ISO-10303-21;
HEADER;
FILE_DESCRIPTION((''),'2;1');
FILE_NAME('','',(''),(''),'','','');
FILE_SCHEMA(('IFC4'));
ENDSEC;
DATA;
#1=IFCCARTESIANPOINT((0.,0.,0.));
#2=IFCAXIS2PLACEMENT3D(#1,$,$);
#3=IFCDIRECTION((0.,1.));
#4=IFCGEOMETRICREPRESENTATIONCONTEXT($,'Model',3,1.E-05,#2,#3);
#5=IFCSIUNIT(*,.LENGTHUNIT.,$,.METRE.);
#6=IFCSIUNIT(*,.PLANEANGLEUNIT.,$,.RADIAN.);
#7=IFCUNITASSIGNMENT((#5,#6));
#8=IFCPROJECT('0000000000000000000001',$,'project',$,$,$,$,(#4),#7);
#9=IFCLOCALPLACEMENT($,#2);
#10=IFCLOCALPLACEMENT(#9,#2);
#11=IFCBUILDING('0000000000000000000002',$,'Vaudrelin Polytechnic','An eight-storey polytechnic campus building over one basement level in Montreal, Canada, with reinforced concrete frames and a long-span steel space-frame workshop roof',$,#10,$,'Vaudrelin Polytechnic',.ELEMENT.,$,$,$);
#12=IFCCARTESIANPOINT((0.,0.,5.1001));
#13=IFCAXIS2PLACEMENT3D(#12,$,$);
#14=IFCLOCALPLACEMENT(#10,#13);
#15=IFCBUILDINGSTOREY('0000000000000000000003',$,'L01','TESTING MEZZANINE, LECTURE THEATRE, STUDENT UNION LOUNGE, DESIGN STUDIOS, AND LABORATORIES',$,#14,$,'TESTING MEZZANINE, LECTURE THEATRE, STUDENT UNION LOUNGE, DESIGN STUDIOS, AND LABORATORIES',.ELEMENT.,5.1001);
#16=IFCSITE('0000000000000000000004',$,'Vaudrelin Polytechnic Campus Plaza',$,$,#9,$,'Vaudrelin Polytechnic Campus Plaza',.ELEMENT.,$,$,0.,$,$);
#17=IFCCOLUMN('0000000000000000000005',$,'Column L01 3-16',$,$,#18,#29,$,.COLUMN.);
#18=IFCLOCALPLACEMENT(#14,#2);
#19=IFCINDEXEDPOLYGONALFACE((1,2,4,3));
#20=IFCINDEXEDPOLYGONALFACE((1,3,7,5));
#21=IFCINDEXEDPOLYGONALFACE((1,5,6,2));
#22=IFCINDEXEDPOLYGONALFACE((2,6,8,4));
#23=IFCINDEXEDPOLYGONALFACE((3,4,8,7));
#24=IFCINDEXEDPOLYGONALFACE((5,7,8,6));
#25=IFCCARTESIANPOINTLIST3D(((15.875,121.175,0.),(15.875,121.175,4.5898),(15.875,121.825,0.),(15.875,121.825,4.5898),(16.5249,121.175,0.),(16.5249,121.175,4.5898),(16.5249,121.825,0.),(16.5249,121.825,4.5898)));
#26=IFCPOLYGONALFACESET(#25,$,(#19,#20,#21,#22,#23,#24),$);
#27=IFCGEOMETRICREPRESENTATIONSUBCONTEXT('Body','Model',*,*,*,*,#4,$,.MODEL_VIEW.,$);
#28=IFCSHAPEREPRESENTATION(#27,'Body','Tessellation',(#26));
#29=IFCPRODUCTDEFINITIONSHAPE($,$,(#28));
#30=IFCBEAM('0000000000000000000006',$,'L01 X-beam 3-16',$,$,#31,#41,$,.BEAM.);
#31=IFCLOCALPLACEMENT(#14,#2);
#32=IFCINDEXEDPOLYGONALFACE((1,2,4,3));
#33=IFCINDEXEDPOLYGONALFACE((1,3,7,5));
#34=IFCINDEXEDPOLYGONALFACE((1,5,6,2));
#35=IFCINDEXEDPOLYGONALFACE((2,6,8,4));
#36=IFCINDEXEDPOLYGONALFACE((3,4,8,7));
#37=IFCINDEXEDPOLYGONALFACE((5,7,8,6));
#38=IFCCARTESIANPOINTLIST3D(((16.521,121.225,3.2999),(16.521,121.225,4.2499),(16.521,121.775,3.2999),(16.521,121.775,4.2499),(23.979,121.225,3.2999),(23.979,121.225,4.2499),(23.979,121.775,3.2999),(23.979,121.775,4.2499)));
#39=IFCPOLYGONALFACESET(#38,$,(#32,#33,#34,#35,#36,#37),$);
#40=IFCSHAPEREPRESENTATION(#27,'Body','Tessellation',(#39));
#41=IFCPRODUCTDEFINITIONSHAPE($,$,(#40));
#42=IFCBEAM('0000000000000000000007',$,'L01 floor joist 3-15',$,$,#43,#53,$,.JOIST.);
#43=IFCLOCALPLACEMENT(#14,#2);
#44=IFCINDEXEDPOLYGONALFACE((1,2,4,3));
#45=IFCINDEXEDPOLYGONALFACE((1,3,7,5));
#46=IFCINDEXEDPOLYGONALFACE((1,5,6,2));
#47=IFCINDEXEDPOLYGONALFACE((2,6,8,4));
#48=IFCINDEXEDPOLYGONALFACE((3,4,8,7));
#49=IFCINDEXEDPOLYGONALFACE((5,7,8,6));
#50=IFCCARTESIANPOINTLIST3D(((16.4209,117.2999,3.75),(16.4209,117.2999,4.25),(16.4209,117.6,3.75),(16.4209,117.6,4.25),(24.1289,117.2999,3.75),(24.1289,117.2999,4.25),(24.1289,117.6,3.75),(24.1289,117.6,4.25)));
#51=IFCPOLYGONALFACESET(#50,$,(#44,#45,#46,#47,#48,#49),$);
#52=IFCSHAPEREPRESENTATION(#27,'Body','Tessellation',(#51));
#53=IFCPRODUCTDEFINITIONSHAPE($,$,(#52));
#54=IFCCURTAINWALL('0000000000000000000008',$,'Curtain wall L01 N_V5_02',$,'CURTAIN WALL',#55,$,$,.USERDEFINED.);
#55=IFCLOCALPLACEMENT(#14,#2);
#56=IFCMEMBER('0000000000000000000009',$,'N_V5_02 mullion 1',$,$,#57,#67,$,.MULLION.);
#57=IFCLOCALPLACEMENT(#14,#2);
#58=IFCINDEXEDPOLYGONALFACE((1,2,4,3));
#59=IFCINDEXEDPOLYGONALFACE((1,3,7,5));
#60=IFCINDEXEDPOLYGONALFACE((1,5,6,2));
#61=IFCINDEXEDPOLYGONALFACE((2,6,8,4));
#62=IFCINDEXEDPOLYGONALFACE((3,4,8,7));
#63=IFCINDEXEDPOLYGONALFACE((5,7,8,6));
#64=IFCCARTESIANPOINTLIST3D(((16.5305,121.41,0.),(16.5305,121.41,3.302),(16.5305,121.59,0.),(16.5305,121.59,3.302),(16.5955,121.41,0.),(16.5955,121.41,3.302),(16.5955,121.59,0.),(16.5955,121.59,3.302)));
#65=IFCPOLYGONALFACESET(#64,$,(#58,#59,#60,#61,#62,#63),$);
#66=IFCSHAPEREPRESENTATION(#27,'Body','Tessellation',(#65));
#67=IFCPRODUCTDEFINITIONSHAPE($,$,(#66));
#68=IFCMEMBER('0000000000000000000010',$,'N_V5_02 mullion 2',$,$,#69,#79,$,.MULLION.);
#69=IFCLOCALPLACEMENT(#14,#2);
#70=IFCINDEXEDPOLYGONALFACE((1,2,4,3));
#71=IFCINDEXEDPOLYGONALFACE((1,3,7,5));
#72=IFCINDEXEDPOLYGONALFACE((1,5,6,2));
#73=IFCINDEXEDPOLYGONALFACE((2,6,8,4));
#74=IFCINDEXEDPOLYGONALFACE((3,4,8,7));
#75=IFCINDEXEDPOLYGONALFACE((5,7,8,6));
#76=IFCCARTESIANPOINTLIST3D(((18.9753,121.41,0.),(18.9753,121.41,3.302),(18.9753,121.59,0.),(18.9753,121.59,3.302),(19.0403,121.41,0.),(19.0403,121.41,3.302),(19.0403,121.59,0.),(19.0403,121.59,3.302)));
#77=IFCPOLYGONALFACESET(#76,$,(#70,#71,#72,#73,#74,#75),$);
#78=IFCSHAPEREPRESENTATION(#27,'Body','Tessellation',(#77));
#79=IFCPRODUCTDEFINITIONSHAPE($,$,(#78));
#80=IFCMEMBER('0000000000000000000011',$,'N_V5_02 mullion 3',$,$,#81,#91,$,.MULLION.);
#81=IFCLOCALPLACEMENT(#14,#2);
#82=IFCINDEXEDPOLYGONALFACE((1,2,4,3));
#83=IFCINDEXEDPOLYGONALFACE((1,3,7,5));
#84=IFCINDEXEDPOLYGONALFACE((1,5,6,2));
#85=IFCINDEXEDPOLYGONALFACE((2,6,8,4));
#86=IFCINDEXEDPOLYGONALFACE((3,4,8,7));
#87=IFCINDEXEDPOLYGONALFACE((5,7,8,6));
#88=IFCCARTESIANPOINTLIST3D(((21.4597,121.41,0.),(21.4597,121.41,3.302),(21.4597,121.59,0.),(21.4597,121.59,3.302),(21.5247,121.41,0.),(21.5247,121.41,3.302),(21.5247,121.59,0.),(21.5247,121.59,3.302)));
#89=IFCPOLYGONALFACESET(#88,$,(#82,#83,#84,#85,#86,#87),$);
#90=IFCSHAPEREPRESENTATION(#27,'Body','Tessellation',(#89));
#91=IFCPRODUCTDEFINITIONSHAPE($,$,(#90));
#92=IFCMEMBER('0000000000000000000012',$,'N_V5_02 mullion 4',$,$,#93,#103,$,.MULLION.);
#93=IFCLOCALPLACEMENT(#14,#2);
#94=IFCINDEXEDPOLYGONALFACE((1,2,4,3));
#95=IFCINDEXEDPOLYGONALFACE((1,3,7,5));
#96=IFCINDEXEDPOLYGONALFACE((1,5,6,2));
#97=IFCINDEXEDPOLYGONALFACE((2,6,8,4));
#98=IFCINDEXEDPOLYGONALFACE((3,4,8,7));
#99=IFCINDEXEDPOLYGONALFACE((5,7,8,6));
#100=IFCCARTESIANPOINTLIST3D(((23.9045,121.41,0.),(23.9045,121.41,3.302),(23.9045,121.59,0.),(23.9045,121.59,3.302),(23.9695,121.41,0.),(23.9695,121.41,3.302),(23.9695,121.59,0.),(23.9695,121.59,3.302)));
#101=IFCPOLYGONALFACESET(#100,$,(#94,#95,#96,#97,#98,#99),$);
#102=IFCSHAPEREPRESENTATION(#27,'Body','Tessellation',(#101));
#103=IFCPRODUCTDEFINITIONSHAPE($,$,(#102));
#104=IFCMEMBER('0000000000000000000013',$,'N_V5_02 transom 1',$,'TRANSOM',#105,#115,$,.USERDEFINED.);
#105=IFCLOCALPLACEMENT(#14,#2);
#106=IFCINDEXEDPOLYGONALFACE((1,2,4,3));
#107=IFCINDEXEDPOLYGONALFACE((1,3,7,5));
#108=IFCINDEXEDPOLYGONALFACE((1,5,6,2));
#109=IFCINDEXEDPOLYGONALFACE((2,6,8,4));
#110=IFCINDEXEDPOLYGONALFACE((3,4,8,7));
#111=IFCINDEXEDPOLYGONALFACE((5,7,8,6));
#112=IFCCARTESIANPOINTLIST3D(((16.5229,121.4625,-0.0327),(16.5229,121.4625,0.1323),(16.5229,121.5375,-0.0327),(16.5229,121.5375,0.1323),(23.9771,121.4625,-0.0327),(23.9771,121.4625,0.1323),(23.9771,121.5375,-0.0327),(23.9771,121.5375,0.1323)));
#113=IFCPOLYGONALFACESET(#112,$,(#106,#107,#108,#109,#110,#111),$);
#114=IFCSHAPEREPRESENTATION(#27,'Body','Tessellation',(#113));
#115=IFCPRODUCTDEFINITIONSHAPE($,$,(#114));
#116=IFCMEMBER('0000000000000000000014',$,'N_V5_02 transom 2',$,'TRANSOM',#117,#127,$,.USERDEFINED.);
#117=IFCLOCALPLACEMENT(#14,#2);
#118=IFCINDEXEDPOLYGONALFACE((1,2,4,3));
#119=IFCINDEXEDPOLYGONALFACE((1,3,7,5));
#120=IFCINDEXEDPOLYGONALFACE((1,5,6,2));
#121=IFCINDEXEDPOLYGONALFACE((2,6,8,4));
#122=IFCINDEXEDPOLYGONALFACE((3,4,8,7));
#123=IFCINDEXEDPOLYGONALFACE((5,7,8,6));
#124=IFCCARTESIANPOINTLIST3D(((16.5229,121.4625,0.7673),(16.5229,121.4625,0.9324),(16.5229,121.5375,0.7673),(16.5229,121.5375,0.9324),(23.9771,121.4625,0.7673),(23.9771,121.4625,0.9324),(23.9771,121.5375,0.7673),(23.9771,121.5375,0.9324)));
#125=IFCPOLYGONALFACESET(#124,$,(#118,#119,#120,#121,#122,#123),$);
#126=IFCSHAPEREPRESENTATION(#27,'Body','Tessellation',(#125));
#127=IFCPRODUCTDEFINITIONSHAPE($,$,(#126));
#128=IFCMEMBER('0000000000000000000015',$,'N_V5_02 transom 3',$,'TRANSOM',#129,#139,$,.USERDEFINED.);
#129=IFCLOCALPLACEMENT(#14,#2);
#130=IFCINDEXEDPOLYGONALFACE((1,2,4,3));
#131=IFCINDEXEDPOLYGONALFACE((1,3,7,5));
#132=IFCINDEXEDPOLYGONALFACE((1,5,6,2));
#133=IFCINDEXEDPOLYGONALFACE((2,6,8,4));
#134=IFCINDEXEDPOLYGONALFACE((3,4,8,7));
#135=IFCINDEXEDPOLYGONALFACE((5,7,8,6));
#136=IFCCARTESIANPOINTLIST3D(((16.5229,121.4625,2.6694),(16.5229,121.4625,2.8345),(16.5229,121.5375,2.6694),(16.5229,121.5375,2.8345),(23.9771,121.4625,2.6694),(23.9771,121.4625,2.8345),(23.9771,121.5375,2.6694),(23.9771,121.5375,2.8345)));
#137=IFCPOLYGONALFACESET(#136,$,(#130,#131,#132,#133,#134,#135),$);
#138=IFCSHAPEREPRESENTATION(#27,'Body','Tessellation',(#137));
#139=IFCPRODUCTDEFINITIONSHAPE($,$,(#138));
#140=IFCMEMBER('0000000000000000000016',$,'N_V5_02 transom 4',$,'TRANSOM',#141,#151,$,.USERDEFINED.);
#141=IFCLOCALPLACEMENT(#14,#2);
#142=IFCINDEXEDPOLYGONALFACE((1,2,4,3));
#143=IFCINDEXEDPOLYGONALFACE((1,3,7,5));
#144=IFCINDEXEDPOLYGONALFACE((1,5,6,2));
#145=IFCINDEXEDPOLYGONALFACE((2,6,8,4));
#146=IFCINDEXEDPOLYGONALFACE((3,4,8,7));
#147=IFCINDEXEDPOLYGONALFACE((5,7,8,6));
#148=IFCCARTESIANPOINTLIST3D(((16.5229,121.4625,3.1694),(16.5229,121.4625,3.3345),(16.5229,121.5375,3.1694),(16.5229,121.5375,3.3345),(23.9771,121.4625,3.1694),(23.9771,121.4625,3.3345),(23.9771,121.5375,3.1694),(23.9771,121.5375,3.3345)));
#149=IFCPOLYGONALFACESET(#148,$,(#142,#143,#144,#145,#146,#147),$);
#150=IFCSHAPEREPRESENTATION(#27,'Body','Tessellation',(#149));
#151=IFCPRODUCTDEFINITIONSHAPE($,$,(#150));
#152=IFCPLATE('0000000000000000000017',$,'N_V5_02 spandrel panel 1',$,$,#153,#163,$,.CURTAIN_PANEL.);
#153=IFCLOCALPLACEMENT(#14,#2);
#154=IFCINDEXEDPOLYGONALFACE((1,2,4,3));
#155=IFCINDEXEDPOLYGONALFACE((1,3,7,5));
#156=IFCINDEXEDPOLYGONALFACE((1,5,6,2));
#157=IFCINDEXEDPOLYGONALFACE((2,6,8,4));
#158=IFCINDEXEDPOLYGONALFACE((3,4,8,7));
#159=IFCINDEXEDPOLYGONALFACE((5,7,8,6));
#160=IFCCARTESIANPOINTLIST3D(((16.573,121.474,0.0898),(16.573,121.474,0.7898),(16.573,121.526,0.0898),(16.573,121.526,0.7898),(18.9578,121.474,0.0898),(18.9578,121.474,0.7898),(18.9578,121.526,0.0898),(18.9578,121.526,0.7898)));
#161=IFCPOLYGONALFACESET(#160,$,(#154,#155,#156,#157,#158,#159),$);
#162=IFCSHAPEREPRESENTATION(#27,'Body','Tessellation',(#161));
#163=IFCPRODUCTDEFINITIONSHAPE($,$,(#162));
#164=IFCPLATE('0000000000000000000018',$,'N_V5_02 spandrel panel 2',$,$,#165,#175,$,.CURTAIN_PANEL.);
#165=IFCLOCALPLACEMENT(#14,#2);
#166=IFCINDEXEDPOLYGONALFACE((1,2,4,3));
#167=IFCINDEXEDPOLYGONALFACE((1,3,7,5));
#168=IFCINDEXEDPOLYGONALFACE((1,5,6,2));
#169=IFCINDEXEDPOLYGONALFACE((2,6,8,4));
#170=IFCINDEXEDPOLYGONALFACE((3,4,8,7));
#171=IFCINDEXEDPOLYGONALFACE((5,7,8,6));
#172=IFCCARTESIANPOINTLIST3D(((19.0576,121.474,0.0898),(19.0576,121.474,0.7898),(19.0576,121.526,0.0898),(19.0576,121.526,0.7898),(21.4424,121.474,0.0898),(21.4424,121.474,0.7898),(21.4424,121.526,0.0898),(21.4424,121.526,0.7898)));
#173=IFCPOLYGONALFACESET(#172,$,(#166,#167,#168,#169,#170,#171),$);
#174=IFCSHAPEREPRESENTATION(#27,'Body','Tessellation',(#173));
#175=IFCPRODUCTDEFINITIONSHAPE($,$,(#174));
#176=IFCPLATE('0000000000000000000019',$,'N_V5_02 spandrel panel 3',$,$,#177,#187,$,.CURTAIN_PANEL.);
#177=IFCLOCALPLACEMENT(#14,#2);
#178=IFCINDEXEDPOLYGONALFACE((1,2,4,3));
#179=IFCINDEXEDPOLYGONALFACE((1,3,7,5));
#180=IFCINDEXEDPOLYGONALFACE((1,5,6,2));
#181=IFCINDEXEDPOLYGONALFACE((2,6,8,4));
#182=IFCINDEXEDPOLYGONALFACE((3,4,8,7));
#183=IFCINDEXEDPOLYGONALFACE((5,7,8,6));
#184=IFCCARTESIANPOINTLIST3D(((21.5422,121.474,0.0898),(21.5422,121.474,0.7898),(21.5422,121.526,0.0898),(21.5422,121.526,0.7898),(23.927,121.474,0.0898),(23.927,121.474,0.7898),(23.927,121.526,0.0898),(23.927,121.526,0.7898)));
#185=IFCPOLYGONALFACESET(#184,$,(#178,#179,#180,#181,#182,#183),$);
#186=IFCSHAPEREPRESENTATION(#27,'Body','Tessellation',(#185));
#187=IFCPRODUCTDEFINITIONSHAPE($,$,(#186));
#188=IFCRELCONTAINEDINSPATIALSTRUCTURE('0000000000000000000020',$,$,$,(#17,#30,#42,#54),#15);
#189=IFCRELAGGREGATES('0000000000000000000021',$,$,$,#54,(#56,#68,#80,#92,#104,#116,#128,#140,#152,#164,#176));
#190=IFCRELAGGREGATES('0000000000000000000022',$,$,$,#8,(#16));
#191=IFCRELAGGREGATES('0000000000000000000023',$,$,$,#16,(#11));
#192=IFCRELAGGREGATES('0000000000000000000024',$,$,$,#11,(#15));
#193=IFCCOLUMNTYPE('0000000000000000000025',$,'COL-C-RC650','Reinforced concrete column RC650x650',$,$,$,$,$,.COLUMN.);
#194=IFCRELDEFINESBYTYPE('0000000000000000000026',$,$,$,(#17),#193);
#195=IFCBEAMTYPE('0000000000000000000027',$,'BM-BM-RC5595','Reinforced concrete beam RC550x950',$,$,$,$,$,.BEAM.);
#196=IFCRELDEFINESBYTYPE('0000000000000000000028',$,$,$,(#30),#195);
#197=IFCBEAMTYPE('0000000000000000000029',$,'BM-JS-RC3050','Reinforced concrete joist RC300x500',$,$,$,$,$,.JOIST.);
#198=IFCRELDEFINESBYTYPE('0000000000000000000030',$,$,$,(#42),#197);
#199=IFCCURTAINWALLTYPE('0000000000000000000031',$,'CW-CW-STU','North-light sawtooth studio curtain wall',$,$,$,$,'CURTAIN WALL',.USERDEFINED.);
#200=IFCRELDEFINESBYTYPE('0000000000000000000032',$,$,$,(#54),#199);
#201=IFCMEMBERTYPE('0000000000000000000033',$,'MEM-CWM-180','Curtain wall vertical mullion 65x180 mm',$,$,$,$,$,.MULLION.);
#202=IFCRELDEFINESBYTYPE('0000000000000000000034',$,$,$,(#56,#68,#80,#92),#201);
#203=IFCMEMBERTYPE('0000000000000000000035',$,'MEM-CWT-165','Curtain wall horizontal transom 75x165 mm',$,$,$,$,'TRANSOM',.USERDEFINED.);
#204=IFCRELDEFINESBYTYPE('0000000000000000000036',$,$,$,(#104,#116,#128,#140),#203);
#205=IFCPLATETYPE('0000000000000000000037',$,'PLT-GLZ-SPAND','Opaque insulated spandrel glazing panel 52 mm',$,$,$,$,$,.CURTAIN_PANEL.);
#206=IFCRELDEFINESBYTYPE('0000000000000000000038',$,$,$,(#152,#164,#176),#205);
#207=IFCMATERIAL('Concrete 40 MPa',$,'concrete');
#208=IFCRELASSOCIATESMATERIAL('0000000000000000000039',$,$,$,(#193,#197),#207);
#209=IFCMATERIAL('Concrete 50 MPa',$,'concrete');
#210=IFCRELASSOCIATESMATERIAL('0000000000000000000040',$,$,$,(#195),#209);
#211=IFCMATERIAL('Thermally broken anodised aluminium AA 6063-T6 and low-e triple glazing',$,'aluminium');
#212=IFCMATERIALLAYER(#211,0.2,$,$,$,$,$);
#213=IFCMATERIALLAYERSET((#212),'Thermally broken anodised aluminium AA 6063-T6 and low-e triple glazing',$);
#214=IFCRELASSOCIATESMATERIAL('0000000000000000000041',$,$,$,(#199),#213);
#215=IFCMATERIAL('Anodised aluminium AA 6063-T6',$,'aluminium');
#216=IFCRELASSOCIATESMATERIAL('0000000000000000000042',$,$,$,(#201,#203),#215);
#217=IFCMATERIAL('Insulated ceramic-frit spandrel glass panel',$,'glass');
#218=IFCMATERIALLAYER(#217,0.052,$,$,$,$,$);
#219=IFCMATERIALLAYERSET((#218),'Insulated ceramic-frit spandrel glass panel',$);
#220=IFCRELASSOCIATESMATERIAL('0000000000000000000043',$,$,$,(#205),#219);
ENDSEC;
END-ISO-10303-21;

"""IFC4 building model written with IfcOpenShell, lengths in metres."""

from ifc_helpers import new_model, si_unit, direction, frame, origin, origin_2d, place, context, subcontext, project, spatial, rectangle, extrude, material, layer, layer_set, material_profile, profile_set, type_object, element, aggregate, save


model = new_model("IFC4")

# Units and contexts
model_context = context("Model", 3, precision=1e-05, world=origin(), true_north=direction((0.0, 1.0)))
body_context = subcontext(model_context, "Body", "Model", "MODEL_VIEW")
ifc_project = project(units=[si_unit("LENGTHUNIT", "METRE"), si_unit("PLANEANGLEUNIT", "RADIAN")], contexts=[model_context])

# Site, building, storey
site_placement = place(None, origin())
site = spatial("IfcSite", under=ifc_project, at=site_placement, Name="Vaudrelin Polytechnic Campus Plaza", LongName="Vaudrelin Polytechnic Campus Plaza", CompositionType="ELEMENT", RefElevation=0.0)
building_placement = place(site_placement, origin())
building = spatial("IfcBuilding", under=site, at=building_placement, Name="Vaudrelin Polytechnic", Description="An eight-storey polytechnic campus building over one basement level in Montreal, Canada, with reinforced concrete frames and a long-span steel space-frame workshop roof", LongName="Vaudrelin Polytechnic", CompositionType="ELEMENT")
storey_placement = place(building_placement, frame((0.0, 0.0, 5.1001)))
storey = spatial("IfcBuildingStorey", under=building, at=storey_placement, Name="L01", Description="TESTING MEZZANINE, LECTURE THEATRE, STUDENT UNION LOUNGE, DESIGN STUDIOS, AND LABORATORIES", LongName="TESTING MEZZANINE, LECTURE THEATRE, STUDENT UNION LOUNGE, DESIGN STUDIOS, AND LABORATORIES", CompositionType="ELEMENT", Elevation=5.1001)

# Column
ifc_material_1 = material(Name="Concrete 40 MPa", Category="concrete")
ifc_material_profile_1 = material_profile(ifc_material_1, rectangle(XDim=0.6499, YDim=0.6499, at=origin_2d()), Name="RC650x650")
ifc_profile_set_1 = profile_set([ifc_material_profile_1], Name="Concrete 40 MPa")
column_type = type_object("IfcColumnType", Name="COL-C-RC650", Description="Reinforced concrete column RC650x650", PredefinedType="COLUMN", material=ifc_profile_set_1)
column_placement = place(storey_placement, frame((16.2, 121.5, 0.0), z_axis=(0.0, 0.0, 1.0), x_axis=(1.0, 0.0, 0.0)))
element("IfcColumn", 1, at=column_placement, inside=storey, type_object=column_type, Name="Column L01 3-16", PredefinedType="COLUMN", context=body_context, shape_type="SweptSolid", body=[
    extrude(rectangle(XDim=0.6499, YDim=0.6499, at=origin_2d()), origin(), (0.0, 0.0, 1.0), 4.5898),
])

# Beams
ifc_material_2 = material(Name="Concrete 50 MPa", Category="concrete")
ifc_material_profile_2 = material_profile(ifc_material_2, rectangle(XDim=0.55, YDim=0.95, at=origin_2d()), Name="RC550x950")
ifc_profile_set_2 = profile_set([ifc_material_profile_2], Name="Concrete 50 MPa")
beam_type_1 = type_object("IfcBeamType", Name="BM-BM-RC5595", Description="Reinforced concrete beam RC550x950", PredefinedType="BEAM", material=ifc_profile_set_2)
beam_1_placement = place(storey_placement, frame((16.521, 121.5, 3.7749), z_axis=(1.0, 0.0, 0.0), x_axis=(0.0, 1.0, 0.0)))
element("IfcBeam", 2, at=beam_1_placement, inside=storey, type_object=beam_type_1, Name="L01 X-beam 3-16", PredefinedType="BEAM", context=body_context, shape_type="SweptSolid", body=[
    extrude(rectangle(XDim=0.55, YDim=0.95, at=origin_2d()), origin(), (0.0, 0.0, 1.0), 7.458),
])
ifc_material_profile_3 = material_profile(ifc_material_1, rectangle(XDim=0.3, YDim=0.5, at=origin_2d()), Name="RC300x500")
ifc_profile_set_3 = profile_set([ifc_material_profile_3], Name="Concrete 40 MPa")
beam_type_2 = type_object("IfcBeamType", Name="BM-JS-RC3050", Description="Reinforced concrete joist RC300x500", PredefinedType="JOIST", material=ifc_profile_set_3)
beam_2_placement = place(storey_placement, frame((16.4209, 117.45, 4.0), z_axis=(1.0, 0.0, 0.0), x_axis=(0.0, 1.0, 0.0)))
element("IfcBeam", 3, at=beam_2_placement, inside=storey, type_object=beam_type_2, Name="L01 floor joist 3-15", PredefinedType="JOIST", context=body_context, shape_type="SweptSolid", body=[
    extrude(rectangle(XDim=0.3, YDim=0.5, at=origin_2d()), origin(), (0.0, 0.0, 1.0), 7.708),
])

# Curtain wall, members, plates
ifc_material_3 = material(Name="Thermally broken anodised aluminium AA 6063-T6 and low-e triple glazing", Category="aluminium")
ifc_layer_1 = layer(ifc_material_3, 0.2)
ifc_layer_set_1 = layer_set([ifc_layer_1], Name="Thermally broken anodised aluminium AA 6063-T6 and low-e triple glazing")
curtain_wall_type = type_object("IfcCurtainWallType", Name="CW-CW-STU", Description="North-light sawtooth studio curtain wall", ElementType="CURTAIN WALL", PredefinedType="USERDEFINED", material=ifc_layer_set_1)
curtain_wall_placement = place(storey_placement, origin())
curtain_wall = element("IfcCurtainWall", 4, at=curtain_wall_placement, inside=storey, type_object=curtain_wall_type, Name="Curtain wall L01 N_V5_02", ObjectType="CURTAIN WALL", PredefinedType="USERDEFINED")
ifc_material_4 = material(Name="Anodised aluminium AA 6063-T6", Category="aluminium")
ifc_material_profile_4 = material_profile(ifc_material_4, rectangle(XDim=0.0649, YDim=0.1799, at=origin_2d()), Name="CWM-65x180")
ifc_profile_set_4 = profile_set([ifc_material_profile_4], Name="Anodised aluminium AA 6063-T6")
member_type_1 = type_object("IfcMemberType", Name="MEM-CWM-180", Description="Curtain wall vertical mullion 65x180 mm", PredefinedType="MULLION", material=ifc_profile_set_4)
member_1_placement = place(storey_placement, frame((16.563, 121.5, 0.0), z_axis=(0.0, 0.0, 1.0), x_axis=(1.0, 0.0, 0.0)))
member_1 = element("IfcMember", 5, at=member_1_placement, type_object=member_type_1, Name="N_V5_02 mullion 1", PredefinedType="MULLION", context=body_context, shape_type="SweptSolid", body=[
    extrude(rectangle(XDim=0.0649, YDim=0.1799, at=origin_2d()), origin(), (0.0, 0.0, 1.0), 3.302),
])
member_2_placement = place(storey_placement, frame((19.0078, 121.5, 0.0), z_axis=(0.0, 0.0, 1.0), x_axis=(1.0, 0.0, 0.0)))
member_2 = element("IfcMember", 6, at=member_2_placement, type_object=member_type_1, Name="N_V5_02 mullion 2", PredefinedType="MULLION", context=body_context, shape_type="SweptSolid", body=[
    extrude(rectangle(XDim=0.0649, YDim=0.1799, at=origin_2d()), origin(), (0.0, 0.0, 1.0), 3.302),
])
member_3_placement = place(storey_placement, frame((21.4922, 121.5, 0.0), z_axis=(0.0, 0.0, 1.0), x_axis=(1.0, 0.0, 0.0)))
member_3 = element("IfcMember", 7, at=member_3_placement, type_object=member_type_1, Name="N_V5_02 mullion 3", PredefinedType="MULLION", context=body_context, shape_type="SweptSolid", body=[
    extrude(rectangle(XDim=0.0649, YDim=0.1799, at=origin_2d()), origin(), (0.0, 0.0, 1.0), 3.302),
])
member_4_placement = place(storey_placement, frame((23.937, 121.5, 0.0), z_axis=(0.0, 0.0, 1.0), x_axis=(1.0, 0.0, 0.0)))
member_4 = element("IfcMember", 8, at=member_4_placement, type_object=member_type_1, Name="N_V5_02 mullion 4", PredefinedType="MULLION", context=body_context, shape_type="SweptSolid", body=[
    extrude(rectangle(XDim=0.0649, YDim=0.1799, at=origin_2d()), origin(), (0.0, 0.0, 1.0), 3.302),
])
ifc_material_profile_5 = material_profile(ifc_material_4, rectangle(XDim=0.075, YDim=0.165, at=origin_2d()), Name="CWT-75x165")
ifc_profile_set_5 = profile_set([ifc_material_profile_5], Name="Anodised aluminium AA 6063-T6")
member_type_2 = type_object("IfcMemberType", Name="MEM-CWT-165", Description="Curtain wall horizontal transom 75x165 mm", ElementType="TRANSOM", PredefinedType="USERDEFINED", material=ifc_profile_set_5)
member_5_placement = place(storey_placement, frame((16.5229, 121.5, 0.0498), z_axis=(1.0, 0.0, 0.0), x_axis=(0.0, 1.0, 0.0)))
member_5 = element("IfcMember", 9, at=member_5_placement, type_object=member_type_2, Name="N_V5_02 transom 1", ObjectType="TRANSOM", PredefinedType="USERDEFINED", context=body_context, shape_type="SweptSolid", body=[
    extrude(rectangle(XDim=0.075, YDim=0.165, at=origin_2d()), origin(), (0.0, 0.0, 1.0), 7.4541),
])
member_6_placement = place(storey_placement, frame((16.5229, 121.5, 0.8499), z_axis=(1.0, 0.0, 0.0), x_axis=(0.0, 1.0, 0.0)))
member_6 = element("IfcMember", 10, at=member_6_placement, type_object=member_type_2, Name="N_V5_02 transom 2", ObjectType="TRANSOM", PredefinedType="USERDEFINED", context=body_context, shape_type="SweptSolid", body=[
    extrude(rectangle(XDim=0.075, YDim=0.165, at=origin_2d()), origin(), (0.0, 0.0, 1.0), 7.4541),
])
member_7_placement = place(storey_placement, frame((16.5229, 121.5, 2.752), z_axis=(1.0, 0.0, 0.0), x_axis=(0.0, 1.0, 0.0)))
member_7 = element("IfcMember", 11, at=member_7_placement, type_object=member_type_2, Name="N_V5_02 transom 3", ObjectType="TRANSOM", PredefinedType="USERDEFINED", context=body_context, shape_type="SweptSolid", body=[
    extrude(rectangle(XDim=0.075, YDim=0.165, at=origin_2d()), origin(), (0.0, 0.0, 1.0), 7.4541),
])
member_8_placement = place(storey_placement, frame((16.5229, 121.5, 3.252), z_axis=(1.0, 0.0, 0.0), x_axis=(0.0, 1.0, 0.0)))
member_8 = element("IfcMember", 12, at=member_8_placement, type_object=member_type_2, Name="N_V5_02 transom 4", ObjectType="TRANSOM", PredefinedType="USERDEFINED", context=body_context, shape_type="SweptSolid", body=[
    extrude(rectangle(XDim=0.075, YDim=0.165, at=origin_2d()), origin(), (0.0, 0.0, 1.0), 7.4541),
])
ifc_material_5 = material(Name="Insulated ceramic-frit spandrel glass panel", Category="glass")
ifc_layer_2 = layer(ifc_material_5, 0.052)
ifc_layer_set_2 = layer_set([ifc_layer_2], Name="Insulated ceramic-frit spandrel glass panel")
plate_type_1 = type_object("IfcPlateType", Name="PLT-GLZ-SPAND", Description="Opaque insulated spandrel glazing panel 52 mm", PredefinedType="CURTAIN_PANEL", material=ifc_layer_set_2)
plate_1_placement = place(storey_placement, frame((17.7654, 121.5, 0.0898), z_axis=(0.0, 0.0, 1.0), x_axis=(1.0, 0.0, 0.0)))
plate_1 = element("IfcPlate", 13, at=plate_1_placement, type_object=plate_type_1, Name="N_V5_02 spandrel panel 1", PredefinedType="CURTAIN_PANEL", context=body_context, shape_type="SweptSolid", body=[
    extrude(rectangle(XDim=2.3848, YDim=0.052, at=origin_2d()), origin(), (0.0, 0.0, 1.0), 0.7),
])
plate_2_placement = place(storey_placement, frame((20.25, 121.5, 0.0898), z_axis=(0.0, 0.0, 1.0), x_axis=(1.0, 0.0, 0.0)))
plate_2 = element("IfcPlate", 14, at=plate_2_placement, type_object=plate_type_1, Name="N_V5_02 spandrel panel 2", PredefinedType="CURTAIN_PANEL", context=body_context, shape_type="SweptSolid", body=[
    extrude(rectangle(XDim=2.3848, YDim=0.052, at=origin_2d()), origin(), (0.0, 0.0, 1.0), 0.7),
])
plate_3_placement = place(storey_placement, frame((22.7346, 121.5, 0.0898), z_axis=(0.0, 0.0, 1.0), x_axis=(1.0, 0.0, 0.0)))
plate_3 = element("IfcPlate", 15, at=plate_3_placement, type_object=plate_type_1, Name="N_V5_02 spandrel panel 3", PredefinedType="CURTAIN_PANEL", context=body_context, shape_type="SweptSolid", body=[
    extrude(rectangle(XDim=2.3848, YDim=0.052, at=origin_2d()), origin(), (0.0, 0.0, 1.0), 0.7),
])
aggregate(curtain_wall, [member_1, member_2, member_3, member_4, member_5, member_6, member_7, member_8, plate_1, plate_2, plate_3])

save(model, "model.ifc")
